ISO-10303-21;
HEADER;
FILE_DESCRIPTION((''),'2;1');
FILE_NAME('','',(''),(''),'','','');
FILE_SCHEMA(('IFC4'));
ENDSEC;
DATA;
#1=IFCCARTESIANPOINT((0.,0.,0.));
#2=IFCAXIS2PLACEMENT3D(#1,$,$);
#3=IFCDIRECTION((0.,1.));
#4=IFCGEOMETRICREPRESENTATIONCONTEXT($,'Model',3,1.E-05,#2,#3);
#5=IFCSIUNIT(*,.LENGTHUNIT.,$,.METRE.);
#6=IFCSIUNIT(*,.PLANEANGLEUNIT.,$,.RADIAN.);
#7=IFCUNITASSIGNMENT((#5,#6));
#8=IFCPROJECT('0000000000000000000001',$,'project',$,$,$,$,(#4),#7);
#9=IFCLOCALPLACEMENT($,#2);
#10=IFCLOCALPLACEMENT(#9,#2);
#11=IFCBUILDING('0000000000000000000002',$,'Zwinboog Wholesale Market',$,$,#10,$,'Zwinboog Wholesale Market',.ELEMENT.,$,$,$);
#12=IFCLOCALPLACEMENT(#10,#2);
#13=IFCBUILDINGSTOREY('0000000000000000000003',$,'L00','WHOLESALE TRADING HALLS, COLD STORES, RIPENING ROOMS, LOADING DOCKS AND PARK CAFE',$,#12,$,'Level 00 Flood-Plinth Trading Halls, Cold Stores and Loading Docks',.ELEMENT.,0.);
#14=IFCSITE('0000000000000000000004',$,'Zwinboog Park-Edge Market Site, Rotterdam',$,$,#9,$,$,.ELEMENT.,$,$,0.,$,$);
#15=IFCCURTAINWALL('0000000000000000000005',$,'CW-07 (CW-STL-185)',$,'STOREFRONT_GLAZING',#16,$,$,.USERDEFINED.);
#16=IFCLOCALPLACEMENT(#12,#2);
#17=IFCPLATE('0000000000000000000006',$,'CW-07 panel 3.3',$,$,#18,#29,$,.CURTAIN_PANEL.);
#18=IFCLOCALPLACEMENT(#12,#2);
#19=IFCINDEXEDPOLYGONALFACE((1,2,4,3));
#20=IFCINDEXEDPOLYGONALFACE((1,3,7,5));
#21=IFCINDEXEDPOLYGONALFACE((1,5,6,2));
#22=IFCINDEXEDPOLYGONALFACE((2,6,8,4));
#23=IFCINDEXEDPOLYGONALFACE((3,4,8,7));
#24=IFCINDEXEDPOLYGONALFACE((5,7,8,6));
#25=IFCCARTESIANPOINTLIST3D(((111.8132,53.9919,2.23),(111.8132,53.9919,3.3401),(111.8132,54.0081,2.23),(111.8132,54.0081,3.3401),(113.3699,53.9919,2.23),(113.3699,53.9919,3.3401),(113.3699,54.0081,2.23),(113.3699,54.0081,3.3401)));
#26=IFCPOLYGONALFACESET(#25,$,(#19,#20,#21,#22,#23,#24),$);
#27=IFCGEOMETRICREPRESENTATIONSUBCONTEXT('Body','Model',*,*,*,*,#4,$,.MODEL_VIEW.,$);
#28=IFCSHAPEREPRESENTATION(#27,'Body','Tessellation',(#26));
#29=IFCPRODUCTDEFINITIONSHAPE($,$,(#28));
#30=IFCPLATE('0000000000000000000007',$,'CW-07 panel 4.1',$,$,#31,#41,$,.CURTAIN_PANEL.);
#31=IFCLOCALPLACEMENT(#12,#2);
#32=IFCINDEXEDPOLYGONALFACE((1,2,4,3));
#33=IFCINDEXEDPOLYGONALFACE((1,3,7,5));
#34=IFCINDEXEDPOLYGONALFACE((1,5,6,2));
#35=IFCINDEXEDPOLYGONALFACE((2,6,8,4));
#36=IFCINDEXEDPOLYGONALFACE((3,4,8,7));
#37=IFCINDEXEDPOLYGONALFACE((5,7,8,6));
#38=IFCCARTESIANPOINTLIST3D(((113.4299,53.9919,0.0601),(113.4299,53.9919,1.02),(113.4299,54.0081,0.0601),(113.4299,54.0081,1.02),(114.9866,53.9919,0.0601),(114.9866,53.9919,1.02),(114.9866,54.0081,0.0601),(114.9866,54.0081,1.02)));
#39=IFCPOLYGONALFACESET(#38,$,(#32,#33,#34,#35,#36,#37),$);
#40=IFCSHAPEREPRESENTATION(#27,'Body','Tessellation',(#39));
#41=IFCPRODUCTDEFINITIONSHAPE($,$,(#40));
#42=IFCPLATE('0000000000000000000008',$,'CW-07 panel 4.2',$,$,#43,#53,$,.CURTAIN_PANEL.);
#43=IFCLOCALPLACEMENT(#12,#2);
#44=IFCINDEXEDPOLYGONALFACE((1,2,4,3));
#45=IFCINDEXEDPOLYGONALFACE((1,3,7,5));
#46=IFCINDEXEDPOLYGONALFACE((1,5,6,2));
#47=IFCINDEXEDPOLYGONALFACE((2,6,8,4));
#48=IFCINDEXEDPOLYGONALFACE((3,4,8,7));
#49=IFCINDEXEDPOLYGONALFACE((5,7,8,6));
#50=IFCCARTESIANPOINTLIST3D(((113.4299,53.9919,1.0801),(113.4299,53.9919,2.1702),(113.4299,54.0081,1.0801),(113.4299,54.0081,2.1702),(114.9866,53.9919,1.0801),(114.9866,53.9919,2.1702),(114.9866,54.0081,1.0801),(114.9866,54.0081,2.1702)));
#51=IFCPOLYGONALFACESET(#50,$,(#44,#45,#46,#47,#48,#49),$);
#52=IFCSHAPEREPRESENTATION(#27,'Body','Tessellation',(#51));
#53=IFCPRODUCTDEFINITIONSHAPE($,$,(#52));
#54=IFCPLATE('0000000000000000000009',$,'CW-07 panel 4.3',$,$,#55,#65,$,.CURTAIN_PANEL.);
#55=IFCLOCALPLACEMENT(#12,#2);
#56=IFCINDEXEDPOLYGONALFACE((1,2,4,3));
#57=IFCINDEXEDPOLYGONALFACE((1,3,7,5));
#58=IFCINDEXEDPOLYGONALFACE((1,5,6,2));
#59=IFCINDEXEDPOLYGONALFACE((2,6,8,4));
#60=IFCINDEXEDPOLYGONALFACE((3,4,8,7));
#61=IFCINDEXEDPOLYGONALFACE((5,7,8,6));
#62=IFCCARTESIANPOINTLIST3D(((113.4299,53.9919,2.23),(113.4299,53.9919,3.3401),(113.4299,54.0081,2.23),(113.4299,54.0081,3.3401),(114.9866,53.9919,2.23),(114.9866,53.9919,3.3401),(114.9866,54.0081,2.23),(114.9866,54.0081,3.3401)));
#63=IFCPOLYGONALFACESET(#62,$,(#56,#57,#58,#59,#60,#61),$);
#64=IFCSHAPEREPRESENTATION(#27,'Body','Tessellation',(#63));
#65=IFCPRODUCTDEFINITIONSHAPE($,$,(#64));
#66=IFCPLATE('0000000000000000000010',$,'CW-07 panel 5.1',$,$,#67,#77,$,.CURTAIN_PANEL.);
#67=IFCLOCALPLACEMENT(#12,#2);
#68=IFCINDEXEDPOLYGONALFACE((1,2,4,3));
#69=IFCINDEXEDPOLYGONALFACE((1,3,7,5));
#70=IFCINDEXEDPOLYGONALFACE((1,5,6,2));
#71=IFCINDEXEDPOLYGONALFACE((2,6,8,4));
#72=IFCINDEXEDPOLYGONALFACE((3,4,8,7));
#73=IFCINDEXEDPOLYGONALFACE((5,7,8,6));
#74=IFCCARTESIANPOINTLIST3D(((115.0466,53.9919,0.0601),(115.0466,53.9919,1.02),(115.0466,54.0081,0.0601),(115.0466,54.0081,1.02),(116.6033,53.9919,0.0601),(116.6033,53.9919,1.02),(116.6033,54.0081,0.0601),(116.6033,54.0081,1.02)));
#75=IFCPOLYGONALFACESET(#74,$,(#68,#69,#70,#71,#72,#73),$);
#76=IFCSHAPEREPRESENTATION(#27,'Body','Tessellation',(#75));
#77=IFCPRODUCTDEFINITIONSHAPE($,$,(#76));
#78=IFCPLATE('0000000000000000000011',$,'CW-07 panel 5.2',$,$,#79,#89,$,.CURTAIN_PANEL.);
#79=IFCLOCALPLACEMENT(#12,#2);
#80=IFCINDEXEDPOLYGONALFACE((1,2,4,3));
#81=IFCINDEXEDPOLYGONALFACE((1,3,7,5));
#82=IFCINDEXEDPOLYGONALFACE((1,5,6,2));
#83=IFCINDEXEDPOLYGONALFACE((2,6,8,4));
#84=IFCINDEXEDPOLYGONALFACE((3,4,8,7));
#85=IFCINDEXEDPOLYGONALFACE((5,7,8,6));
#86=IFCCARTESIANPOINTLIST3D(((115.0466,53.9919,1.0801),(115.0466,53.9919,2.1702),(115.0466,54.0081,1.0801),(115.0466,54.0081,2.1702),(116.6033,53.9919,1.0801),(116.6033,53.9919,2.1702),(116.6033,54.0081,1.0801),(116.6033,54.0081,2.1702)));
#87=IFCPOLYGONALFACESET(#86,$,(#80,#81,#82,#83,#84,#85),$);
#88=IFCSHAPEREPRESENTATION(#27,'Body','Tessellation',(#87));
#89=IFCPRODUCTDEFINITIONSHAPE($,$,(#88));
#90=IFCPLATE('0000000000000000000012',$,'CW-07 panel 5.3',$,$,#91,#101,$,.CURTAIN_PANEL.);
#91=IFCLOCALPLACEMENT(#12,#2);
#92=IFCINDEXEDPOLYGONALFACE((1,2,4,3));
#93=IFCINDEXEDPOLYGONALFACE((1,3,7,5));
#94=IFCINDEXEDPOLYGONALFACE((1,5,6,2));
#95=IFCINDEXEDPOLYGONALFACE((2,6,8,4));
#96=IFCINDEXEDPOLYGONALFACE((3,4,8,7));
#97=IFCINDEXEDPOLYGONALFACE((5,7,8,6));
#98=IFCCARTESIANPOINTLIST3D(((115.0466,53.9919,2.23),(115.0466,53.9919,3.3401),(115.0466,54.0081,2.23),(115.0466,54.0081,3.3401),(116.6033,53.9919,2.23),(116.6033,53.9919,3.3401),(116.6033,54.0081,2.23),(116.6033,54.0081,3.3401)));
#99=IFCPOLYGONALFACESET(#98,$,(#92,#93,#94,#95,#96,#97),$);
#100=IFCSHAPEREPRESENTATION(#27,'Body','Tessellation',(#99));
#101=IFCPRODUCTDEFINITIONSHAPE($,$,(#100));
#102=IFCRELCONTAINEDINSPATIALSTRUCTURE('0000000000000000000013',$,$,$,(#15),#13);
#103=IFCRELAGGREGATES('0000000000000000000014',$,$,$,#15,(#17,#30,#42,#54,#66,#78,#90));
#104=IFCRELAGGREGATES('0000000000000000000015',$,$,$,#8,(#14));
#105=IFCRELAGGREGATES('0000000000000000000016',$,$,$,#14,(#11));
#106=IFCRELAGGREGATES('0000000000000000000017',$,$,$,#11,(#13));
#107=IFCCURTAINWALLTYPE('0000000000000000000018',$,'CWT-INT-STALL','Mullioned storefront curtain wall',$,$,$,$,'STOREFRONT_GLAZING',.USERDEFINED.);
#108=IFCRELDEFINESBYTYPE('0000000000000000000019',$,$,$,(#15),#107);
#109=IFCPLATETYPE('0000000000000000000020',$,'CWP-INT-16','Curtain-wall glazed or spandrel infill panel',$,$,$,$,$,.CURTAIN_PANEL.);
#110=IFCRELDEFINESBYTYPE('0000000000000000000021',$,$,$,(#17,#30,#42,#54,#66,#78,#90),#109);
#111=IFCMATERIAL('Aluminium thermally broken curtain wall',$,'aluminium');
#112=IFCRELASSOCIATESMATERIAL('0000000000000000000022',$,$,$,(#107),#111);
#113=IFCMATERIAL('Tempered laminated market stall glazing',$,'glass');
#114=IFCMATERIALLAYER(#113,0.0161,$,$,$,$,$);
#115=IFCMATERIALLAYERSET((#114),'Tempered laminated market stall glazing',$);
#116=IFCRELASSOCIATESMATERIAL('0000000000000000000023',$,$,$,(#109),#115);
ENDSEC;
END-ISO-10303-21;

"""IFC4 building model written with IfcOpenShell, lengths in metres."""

from ifc_helpers import new_model, si_unit, direction, frame, origin, origin_2d, place, context, subcontext, project, spatial, rectangle, extrude, material, layer, layer_set, type_object, element, aggregate, save


model = new_model("IFC4")

# Units and contexts
model_context = context("Model", 3, precision=1e-05, world=origin(), true_north=direction((0.0, 1.0)))
body_context = subcontext(model_context, "Body", "Model", "MODEL_VIEW")
ifc_project = project(units=[si_unit("LENGTHUNIT", "METRE"), si_unit("PLANEANGLEUNIT", "RADIAN")], contexts=[model_context])

# Site, building, storey
site_placement = place(None, origin())
site = spatial("IfcSite", under=ifc_project, at=site_placement, Name="Zwinboog Park-Edge Market Site, Rotterdam", CompositionType="ELEMENT", RefElevation=0.0)
building_placement = place(site_placement, origin())
building = spatial("IfcBuilding", under=site, at=building_placement, Name="Zwinboog Wholesale Market", LongName="Zwinboog Wholesale Market", CompositionType="ELEMENT")
storey_placement = place(building_placement, origin())
storey = spatial("IfcBuildingStorey", under=building, at=storey_placement, Name="L00", Description="WHOLESALE TRADING HALLS, COLD STORES, RIPENING ROOMS, LOADING DOCKS AND PARK CAFE", LongName="Level 00 Flood-Plinth Trading Halls, Cold Stores and Loading Docks", CompositionType="ELEMENT", Elevation=0.0)

# Curtain wall, plates
ifc_material_1 = material(Name="Aluminium thermally broken curtain wall", Category="aluminium")
curtain_wall_type = type_object("IfcCurtainWallType", Name="CWT-INT-STALL", Description="Mullioned storefront curtain wall", ElementType="STOREFRONT_GLAZING", PredefinedType="USERDEFINED", material=ifc_material_1)
curtain_wall_placement = place(storey_placement, origin())
curtain_wall = element("IfcCurtainWall", 1, at=curtain_wall_placement, inside=storey, type_object=curtain_wall_type, Name="CW-07 (CW-STL-185)", ObjectType="STOREFRONT_GLAZING", PredefinedType="USERDEFINED")
ifc_material_2 = material(Name="Tempered laminated market stall glazing", Category="glass")
ifc_layer = layer(ifc_material_2, 0.0161)
ifc_layer_set = layer_set([ifc_layer], Name="Tempered laminated market stall glazing")
plate_type = type_object("IfcPlateType", Name="CWP-INT-16", Description="Curtain-wall glazed or spandrel infill panel", PredefinedType="CURTAIN_PANEL", material=ifc_layer_set)
plate_1_placement = place(storey_placement, frame((112.5916, 54.0, 2.23), z_axis=(0.0, 0.0, 1.0), x_axis=(1.0, 0.0, 0.0)))
plate_1 = element("IfcPlate", 2, at=plate_1_placement, type_object=plate_type, Name="CW-07 panel 3.3", PredefinedType="CURTAIN_PANEL", context=body_context, shape_type="SweptSolid", body=[
    extrude(rectangle(XDim=1.5566, YDim=0.0161, at=origin_2d()), origin(), (0.0, 0.0, 1.0), 1.1101),
])
plate_2_placement = place(storey_placement, frame((114.2083, 54.0, 0.0601), z_axis=(0.0, 0.0, 1.0), x_axis=(1.0, 0.0, 0.0)))
plate_2 = element("IfcPlate", 3, at=plate_2_placement, type_object=plate_type, Name="CW-07 panel 4.1", PredefinedType="CURTAIN_PANEL", context=body_context, shape_type="SweptSolid", body=[
    extrude(rectangle(XDim=1.5566, YDim=0.0161, at=origin_2d()), origin(), (0.0, 0.0, 1.0), 0.96),
])
plate_3_placement = place(storey_placement, frame((114.2083, 54.0, 1.0801), z_axis=(0.0, 0.0, 1.0), x_axis=(1.0, 0.0, 0.0)))
plate_3 = element("IfcPlate", 4, at=plate_3_placement, type_object=plate_type, Name="CW-07 panel 4.2", PredefinedType="CURTAIN_PANEL", context=body_context, shape_type="SweptSolid", body=[
    extrude(rectangle(XDim=1.5566, YDim=0.0161, at=origin_2d()), origin(), (0.0, 0.0, 1.0), 1.0901),
])
plate_4_placement = place(storey_placement, frame((114.2083, 54.0, 2.23), z_axis=(0.0, 0.0, 1.0), x_axis=(1.0, 0.0, 0.0)))
plate_4 = element("IfcPlate", 5, at=plate_4_placement, type_object=plate_type, Name="CW-07 panel 4.3", PredefinedType="CURTAIN_PANEL", context=body_context, shape_type="SweptSolid", body=[
    extrude(rectangle(XDim=1.5566, YDim=0.0161, at=origin_2d()), origin(), (0.0, 0.0, 1.0), 1.1101),
])
plate_5_placement = place(storey_placement, frame((115.825, 54.0, 0.0601), z_axis=(0.0, 0.0, 1.0), x_axis=(1.0, 0.0, 0.0)))
plate_5 = element("IfcPlate", 6, at=plate_5_placement, type_object=plate_type, Name="CW-07 panel 5.1", PredefinedType="CURTAIN_PANEL", context=body_context, shape_type="SweptSolid", body=[
    extrude(rectangle(XDim=1.5566, YDim=0.0161, at=origin_2d()), origin(), (0.0, 0.0, 1.0), 0.96),
])
plate_6_placement = place(storey_placement, frame((115.825, 54.0, 1.0801), z_axis=(0.0, 0.0, 1.0), x_axis=(1.0, 0.0, 0.0)))
plate_6 = element("IfcPlate", 7, at=plate_6_placement, type_object=plate_type, Name="CW-07 panel 5.2", PredefinedType="CURTAIN_PANEL", context=body_context, shape_type="SweptSolid", body=[
    extrude(rectangle(XDim=1.5566, YDim=0.0161, at=origin_2d()), origin(), (0.0, 0.0, 1.0), 1.0901),
])
plate_7_placement = place(storey_placement, frame((115.825, 54.0, 2.23), z_axis=(0.0, 0.0, 1.0), x_axis=(1.0, 0.0, 0.0)))
plate_7 = element("IfcPlate", 8, at=plate_7_placement, type_object=plate_type, Name="CW-07 panel 5.3", PredefinedType="CURTAIN_PANEL", context=body_context, shape_type="SweptSolid", body=[
    extrude(rectangle(XDim=1.5566, YDim=0.0161, at=origin_2d()), origin(), (0.0, 0.0, 1.0), 1.1101),
])
aggregate(curtain_wall, [plate_1, plate_2, plate_3, plate_4, plate_5, plate_6, plate_7])

save(model, "model.ifc")
